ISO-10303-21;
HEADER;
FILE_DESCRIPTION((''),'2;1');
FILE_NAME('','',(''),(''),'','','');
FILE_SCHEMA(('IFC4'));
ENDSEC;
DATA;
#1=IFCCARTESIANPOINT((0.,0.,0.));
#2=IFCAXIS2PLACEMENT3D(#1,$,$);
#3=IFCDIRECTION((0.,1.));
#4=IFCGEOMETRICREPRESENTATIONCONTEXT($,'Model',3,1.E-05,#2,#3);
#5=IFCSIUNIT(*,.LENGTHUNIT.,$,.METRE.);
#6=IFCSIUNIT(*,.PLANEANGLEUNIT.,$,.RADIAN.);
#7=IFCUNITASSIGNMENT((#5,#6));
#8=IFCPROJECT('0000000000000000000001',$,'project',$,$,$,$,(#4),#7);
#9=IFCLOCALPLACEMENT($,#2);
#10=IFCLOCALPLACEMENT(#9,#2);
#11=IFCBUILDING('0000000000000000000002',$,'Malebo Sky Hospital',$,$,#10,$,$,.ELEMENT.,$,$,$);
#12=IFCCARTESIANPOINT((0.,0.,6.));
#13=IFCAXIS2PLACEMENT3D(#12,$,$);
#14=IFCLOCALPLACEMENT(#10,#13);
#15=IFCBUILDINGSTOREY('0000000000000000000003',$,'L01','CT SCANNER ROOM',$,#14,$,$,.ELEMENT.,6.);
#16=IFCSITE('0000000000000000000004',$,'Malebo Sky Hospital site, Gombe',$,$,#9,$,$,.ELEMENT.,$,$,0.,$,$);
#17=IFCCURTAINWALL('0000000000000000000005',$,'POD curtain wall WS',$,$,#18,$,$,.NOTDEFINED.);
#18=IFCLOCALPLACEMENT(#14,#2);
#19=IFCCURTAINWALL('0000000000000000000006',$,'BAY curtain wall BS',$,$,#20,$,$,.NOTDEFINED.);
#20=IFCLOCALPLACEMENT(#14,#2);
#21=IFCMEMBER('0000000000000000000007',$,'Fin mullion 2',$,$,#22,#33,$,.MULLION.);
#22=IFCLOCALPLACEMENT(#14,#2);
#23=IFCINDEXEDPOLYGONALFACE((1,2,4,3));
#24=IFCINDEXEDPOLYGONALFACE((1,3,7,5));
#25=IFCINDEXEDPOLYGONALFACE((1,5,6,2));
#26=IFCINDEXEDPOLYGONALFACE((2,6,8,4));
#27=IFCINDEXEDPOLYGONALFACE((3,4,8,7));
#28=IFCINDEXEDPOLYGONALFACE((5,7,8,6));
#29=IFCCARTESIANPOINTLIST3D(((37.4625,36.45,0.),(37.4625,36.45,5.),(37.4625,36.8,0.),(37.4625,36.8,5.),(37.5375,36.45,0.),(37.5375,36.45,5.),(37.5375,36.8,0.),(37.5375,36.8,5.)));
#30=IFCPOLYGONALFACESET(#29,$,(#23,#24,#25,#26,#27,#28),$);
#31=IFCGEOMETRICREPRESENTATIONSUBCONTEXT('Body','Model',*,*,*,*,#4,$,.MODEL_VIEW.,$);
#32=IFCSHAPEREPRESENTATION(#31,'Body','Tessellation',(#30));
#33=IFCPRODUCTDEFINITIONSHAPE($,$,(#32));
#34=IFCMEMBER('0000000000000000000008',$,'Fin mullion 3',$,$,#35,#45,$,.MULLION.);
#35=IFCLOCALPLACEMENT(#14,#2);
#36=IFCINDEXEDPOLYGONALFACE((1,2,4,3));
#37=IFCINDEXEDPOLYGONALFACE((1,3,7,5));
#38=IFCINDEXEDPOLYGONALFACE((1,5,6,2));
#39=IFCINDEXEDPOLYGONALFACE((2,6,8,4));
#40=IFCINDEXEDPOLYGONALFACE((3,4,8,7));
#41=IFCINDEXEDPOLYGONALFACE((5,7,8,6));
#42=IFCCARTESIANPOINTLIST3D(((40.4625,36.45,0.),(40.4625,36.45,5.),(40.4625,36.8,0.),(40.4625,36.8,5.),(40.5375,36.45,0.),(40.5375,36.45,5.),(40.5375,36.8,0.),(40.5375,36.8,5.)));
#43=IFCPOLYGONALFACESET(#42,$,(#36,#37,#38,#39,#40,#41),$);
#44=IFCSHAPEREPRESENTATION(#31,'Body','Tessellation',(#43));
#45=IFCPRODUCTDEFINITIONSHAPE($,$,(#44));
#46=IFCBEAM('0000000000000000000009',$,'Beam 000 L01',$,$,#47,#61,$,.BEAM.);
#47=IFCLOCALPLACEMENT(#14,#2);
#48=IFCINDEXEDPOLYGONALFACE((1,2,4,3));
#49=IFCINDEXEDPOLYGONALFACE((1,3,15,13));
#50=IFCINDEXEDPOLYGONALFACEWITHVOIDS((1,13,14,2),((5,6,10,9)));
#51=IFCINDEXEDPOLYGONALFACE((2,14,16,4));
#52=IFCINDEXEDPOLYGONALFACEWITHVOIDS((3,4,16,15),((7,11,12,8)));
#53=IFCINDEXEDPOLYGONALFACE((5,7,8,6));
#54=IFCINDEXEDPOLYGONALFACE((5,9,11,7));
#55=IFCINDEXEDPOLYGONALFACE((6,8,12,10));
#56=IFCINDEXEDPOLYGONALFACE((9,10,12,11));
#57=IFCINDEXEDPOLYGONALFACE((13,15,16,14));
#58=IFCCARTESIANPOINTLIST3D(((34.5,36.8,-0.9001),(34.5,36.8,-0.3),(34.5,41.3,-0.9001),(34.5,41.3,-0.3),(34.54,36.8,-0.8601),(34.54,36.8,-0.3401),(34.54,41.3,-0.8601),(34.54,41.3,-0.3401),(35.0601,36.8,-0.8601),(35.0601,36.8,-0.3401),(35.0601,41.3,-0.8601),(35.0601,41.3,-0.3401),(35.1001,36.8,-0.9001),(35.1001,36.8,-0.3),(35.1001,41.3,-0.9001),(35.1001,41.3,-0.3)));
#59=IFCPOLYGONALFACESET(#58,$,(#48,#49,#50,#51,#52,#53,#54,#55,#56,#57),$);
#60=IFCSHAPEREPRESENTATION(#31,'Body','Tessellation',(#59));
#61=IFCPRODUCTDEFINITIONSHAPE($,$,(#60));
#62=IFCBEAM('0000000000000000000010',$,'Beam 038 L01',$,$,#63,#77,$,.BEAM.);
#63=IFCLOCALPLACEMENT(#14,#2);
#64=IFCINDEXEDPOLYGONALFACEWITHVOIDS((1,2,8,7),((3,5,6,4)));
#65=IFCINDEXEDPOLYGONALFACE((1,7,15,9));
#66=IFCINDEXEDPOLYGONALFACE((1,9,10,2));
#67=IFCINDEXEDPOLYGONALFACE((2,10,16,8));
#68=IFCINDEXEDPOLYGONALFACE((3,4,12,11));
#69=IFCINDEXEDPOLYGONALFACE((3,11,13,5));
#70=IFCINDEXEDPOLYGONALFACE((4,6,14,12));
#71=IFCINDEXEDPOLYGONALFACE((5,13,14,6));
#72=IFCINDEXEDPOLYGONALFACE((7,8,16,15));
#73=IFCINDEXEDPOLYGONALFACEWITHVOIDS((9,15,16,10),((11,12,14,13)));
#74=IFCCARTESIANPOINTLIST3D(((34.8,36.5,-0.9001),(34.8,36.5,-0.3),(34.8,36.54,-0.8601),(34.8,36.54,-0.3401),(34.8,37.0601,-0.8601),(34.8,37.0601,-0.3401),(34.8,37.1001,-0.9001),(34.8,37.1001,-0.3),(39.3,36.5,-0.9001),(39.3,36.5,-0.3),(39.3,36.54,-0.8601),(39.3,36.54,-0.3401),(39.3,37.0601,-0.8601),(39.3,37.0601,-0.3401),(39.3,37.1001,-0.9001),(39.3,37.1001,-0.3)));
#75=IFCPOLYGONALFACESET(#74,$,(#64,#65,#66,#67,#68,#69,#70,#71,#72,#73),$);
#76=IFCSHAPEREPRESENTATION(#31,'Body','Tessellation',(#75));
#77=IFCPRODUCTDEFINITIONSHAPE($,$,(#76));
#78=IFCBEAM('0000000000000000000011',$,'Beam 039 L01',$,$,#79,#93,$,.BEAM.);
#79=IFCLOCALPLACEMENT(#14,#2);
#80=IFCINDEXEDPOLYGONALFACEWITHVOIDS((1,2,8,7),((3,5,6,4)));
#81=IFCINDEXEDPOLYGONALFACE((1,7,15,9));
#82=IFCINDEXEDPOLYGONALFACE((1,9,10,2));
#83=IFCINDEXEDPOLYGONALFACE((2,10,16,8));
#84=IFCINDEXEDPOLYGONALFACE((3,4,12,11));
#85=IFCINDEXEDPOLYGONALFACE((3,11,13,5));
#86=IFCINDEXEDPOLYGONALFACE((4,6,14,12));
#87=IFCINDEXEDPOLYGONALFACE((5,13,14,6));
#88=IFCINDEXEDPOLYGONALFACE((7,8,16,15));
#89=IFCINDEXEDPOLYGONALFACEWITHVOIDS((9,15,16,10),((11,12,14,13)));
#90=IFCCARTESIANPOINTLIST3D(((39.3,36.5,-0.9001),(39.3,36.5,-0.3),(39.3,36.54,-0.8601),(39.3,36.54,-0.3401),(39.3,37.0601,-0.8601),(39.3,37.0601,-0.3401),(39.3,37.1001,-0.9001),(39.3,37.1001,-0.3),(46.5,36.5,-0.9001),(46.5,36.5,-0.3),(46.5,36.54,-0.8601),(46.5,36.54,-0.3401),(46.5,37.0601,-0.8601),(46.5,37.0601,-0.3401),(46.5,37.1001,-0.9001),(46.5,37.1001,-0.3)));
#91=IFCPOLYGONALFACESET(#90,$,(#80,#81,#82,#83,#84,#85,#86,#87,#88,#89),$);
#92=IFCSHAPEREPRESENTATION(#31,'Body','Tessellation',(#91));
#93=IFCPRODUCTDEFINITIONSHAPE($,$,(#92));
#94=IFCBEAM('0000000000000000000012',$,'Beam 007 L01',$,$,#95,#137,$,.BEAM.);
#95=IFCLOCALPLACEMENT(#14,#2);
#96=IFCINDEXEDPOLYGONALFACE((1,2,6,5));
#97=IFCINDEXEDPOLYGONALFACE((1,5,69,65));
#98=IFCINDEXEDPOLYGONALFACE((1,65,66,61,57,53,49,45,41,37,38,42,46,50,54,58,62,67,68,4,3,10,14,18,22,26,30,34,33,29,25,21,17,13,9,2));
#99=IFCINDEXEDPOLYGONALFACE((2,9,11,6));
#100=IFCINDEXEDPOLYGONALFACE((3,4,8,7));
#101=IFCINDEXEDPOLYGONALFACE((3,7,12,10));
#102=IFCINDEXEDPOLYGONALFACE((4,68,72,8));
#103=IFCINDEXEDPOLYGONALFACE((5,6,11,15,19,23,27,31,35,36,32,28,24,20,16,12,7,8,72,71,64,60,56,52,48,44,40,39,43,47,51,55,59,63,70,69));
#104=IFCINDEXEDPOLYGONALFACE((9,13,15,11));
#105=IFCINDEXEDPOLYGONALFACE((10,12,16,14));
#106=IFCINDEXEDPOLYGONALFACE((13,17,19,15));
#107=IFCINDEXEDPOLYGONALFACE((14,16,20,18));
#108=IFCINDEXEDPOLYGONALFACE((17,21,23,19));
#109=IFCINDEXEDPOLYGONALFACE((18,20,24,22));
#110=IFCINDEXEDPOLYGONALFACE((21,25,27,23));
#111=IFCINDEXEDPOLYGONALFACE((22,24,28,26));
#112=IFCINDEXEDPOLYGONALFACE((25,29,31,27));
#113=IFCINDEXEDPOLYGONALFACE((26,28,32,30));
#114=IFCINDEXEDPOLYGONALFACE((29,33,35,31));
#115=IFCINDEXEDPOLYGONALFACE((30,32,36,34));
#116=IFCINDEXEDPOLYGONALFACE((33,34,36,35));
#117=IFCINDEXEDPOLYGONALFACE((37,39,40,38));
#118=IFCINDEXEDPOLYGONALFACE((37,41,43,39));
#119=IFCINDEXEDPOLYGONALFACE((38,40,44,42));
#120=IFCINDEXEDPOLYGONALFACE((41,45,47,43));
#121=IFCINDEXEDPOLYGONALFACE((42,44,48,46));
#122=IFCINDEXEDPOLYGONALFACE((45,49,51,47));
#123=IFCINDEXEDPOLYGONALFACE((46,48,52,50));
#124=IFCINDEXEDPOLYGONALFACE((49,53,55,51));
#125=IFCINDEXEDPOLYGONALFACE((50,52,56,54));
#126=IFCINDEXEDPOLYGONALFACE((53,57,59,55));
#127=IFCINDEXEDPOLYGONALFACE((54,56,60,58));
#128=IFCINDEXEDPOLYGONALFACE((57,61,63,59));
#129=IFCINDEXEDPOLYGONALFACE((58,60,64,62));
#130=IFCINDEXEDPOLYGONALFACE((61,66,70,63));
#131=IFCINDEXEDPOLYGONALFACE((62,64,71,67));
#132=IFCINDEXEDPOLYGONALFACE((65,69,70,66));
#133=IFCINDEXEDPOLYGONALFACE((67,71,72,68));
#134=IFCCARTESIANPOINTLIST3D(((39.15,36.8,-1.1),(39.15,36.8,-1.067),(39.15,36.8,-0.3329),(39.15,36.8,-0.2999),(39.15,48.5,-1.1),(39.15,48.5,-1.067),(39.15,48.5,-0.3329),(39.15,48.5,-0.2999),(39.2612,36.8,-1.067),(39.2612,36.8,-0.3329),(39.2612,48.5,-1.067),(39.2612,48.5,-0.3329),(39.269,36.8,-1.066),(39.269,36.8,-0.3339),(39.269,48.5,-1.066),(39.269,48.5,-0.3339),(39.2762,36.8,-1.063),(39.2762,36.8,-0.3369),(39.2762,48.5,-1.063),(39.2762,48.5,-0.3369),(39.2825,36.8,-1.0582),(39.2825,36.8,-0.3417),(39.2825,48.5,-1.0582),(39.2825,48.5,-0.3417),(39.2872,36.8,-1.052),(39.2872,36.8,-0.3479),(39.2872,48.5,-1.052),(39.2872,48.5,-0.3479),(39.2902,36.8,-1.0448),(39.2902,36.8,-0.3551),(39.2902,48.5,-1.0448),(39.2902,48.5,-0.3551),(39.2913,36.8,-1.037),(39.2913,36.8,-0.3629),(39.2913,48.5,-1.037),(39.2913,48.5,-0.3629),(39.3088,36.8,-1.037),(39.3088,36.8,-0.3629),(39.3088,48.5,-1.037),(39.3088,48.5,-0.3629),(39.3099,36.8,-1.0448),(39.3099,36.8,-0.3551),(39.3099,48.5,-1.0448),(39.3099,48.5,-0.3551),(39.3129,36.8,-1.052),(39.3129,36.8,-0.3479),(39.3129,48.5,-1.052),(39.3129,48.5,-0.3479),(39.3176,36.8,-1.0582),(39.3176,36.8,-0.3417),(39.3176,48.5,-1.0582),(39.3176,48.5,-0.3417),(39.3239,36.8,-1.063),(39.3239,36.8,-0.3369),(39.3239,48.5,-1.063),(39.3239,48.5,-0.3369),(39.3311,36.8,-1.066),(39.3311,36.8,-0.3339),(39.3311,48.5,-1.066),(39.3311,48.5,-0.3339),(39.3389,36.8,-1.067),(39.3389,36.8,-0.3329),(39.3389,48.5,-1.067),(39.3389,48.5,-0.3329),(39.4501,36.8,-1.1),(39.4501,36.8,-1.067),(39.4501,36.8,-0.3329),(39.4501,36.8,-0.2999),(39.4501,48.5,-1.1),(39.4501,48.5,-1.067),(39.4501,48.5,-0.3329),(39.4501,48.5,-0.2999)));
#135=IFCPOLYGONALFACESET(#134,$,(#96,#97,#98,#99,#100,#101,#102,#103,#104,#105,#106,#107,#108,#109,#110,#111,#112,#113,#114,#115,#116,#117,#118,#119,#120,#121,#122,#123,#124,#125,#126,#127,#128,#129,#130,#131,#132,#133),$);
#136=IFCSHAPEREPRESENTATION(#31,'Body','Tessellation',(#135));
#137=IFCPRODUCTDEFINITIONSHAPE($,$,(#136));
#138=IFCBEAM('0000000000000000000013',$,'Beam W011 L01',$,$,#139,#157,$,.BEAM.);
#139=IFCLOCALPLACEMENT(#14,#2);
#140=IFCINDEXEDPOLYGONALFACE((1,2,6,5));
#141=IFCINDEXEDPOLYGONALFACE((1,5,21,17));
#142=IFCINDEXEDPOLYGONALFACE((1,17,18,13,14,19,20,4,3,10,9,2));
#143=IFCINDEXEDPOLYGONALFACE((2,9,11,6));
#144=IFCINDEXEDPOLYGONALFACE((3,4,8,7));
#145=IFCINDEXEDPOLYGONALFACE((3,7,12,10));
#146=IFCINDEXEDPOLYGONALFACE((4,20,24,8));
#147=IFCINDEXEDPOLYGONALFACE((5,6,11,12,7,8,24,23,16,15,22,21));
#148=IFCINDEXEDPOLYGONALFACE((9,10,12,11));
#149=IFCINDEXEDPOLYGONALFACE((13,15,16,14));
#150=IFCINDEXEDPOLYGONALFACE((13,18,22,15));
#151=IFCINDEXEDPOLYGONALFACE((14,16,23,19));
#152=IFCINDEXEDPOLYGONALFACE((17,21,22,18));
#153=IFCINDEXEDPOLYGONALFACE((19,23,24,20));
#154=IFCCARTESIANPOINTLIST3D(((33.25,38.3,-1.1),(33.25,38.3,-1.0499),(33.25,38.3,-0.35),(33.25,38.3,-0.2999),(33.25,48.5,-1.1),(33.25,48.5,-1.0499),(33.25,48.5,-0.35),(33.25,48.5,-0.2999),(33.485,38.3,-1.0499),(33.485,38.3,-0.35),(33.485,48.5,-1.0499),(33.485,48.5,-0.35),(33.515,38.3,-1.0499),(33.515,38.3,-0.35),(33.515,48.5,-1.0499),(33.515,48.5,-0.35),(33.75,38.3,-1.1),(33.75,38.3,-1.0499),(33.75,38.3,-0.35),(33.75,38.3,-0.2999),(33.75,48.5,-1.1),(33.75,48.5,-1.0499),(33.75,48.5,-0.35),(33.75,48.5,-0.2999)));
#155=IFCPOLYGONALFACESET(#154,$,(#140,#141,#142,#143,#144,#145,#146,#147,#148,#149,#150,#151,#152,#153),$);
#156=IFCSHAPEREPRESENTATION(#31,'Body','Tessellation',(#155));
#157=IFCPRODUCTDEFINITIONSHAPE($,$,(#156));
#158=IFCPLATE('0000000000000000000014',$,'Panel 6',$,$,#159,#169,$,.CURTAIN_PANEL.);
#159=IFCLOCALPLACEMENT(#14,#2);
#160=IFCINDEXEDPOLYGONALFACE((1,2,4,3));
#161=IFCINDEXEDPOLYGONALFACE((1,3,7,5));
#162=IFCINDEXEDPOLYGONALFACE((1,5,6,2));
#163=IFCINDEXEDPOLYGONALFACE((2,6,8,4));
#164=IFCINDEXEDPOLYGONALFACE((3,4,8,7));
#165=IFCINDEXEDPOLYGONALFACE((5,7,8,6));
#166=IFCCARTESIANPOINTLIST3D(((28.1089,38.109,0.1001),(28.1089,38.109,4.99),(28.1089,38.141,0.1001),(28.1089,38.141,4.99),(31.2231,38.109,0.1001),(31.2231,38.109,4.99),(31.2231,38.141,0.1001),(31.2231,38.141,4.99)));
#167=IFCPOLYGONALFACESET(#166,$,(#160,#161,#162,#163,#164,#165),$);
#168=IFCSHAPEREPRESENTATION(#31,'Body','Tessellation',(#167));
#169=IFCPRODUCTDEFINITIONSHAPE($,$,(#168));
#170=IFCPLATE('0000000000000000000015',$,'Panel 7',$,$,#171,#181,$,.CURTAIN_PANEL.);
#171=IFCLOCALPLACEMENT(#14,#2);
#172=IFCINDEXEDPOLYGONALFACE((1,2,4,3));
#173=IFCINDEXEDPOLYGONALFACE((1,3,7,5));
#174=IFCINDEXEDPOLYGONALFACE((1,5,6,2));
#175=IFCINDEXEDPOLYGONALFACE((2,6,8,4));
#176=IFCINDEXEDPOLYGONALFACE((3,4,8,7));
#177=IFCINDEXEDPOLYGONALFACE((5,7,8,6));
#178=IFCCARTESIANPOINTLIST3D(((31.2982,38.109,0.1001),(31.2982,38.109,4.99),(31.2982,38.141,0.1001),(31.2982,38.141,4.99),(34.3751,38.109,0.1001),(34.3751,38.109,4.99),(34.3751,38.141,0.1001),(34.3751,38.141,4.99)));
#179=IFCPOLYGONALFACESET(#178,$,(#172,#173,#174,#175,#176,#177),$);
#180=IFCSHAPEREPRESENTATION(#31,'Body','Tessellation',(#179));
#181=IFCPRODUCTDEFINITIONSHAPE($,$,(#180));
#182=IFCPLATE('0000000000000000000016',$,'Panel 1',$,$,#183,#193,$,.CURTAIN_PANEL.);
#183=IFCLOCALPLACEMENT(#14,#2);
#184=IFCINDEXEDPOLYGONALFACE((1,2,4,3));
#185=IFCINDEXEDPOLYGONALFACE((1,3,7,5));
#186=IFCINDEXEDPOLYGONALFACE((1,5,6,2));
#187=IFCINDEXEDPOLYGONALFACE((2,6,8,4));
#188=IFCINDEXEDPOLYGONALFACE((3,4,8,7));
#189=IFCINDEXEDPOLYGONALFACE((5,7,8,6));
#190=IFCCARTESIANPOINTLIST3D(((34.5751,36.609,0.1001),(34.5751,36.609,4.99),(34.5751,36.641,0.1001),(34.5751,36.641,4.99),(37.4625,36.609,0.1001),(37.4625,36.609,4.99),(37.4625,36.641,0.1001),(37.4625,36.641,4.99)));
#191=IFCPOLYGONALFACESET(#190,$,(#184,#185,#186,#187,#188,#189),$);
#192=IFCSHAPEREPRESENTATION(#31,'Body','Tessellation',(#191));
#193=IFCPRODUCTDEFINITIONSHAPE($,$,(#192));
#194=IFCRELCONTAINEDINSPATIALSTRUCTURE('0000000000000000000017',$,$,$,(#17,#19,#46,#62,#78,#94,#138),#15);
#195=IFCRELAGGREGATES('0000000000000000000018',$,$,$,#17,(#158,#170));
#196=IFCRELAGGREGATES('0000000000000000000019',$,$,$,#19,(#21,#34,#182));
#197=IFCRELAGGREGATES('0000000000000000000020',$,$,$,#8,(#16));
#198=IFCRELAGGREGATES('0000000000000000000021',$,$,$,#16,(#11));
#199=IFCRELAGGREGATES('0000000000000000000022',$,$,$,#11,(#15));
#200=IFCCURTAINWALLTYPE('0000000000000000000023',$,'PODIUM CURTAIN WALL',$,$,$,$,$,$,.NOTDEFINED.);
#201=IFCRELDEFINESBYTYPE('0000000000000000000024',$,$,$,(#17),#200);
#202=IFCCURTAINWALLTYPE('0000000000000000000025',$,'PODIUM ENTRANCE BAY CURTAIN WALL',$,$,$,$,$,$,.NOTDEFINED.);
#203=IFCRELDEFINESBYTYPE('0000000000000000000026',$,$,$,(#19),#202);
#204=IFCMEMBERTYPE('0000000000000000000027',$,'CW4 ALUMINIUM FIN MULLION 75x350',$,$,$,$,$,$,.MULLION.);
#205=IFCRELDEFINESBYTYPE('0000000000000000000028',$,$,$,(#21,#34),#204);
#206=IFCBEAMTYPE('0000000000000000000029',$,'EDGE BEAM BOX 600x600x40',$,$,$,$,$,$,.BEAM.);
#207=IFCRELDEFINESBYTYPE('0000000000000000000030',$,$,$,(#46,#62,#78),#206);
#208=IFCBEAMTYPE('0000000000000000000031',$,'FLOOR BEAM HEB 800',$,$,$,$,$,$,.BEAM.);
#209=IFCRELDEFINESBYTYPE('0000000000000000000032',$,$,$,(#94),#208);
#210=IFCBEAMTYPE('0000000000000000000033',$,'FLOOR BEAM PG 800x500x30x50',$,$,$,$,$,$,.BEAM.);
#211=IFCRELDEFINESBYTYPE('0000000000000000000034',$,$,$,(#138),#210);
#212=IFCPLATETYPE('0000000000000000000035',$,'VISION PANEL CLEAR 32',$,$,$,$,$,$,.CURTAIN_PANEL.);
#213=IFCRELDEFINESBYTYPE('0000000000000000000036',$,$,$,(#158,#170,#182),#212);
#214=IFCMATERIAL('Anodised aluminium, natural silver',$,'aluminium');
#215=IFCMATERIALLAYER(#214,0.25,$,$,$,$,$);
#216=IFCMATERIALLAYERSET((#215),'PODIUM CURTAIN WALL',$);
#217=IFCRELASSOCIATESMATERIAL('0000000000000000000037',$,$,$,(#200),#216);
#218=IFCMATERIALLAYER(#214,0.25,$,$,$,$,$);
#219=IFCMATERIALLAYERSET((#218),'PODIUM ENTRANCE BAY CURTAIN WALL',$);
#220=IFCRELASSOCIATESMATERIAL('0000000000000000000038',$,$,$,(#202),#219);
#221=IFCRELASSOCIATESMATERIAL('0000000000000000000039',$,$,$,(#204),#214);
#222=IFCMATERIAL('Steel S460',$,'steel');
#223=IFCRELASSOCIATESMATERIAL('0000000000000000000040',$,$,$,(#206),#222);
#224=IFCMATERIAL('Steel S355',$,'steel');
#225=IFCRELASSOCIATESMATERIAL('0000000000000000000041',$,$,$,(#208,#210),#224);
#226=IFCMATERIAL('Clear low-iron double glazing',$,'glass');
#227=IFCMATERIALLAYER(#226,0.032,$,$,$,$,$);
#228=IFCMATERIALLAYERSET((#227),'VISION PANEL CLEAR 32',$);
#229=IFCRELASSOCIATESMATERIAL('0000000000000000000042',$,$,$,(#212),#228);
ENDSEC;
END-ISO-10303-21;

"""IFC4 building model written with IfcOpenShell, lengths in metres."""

from ifc_helpers import new_model, si_unit, direction, frame, origin, origin_2d, place, context, subcontext, project, spatial, rectangle, hollow_rectangle, i_section, extrude, material, layer, layer_set, material_profile, profile_set, type_object, element, aggregate, save


model = new_model("IFC4")

# Units and contexts
model_context = context("Model", 3, precision=1e-05, world=origin(), true_north=direction((0.0, 1.0)))
body_context = subcontext(model_context, "Body", "Model", "MODEL_VIEW")
ifc_project = project(units=[si_unit("LENGTHUNIT", "METRE"), si_unit("PLANEANGLEUNIT", "RADIAN")], contexts=[model_context])

# Site, building, storey
site_placement = place(None, origin())
site = spatial("IfcSite", under=ifc_project, at=site_placement, Name="Malebo Sky Hospital site, Gombe", CompositionType="ELEMENT", RefElevation=0.0)
building_placement = place(site_placement, origin())
building = spatial("IfcBuilding", under=site, at=building_placement, Name="Malebo Sky Hospital", CompositionType="ELEMENT")
storey_placement = place(building_placement, frame((0.0, 0.0, 6.0)))
storey = spatial("IfcBuildingStorey", under=building, at=storey_placement, Name="L01", Description="CT SCANNER ROOM", CompositionType="ELEMENT", Elevation=6.0)

# Shared definitions
ifc_material_1 = material(Name="Steel S460", Category="steel")
ifc_material_2 = material(Name="Steel S355", Category="steel")

# Curtain wall
ifc_material_3 = material(Name="Anodised aluminium, natural silver", Category="aluminium")
ifc_layer_1 = layer(ifc_material_3, 0.25)
ifc_layer_set_1 = layer_set([ifc_layer_1], Name="PODIUM CURTAIN WALL")
curtain_wall_type_1 = type_object("IfcCurtainWallType", Name="PODIUM CURTAIN WALL", PredefinedType="NOTDEFINED", material=ifc_layer_set_1)
curtain_wall_1_placement = place(storey_placement, origin())
curtain_wall_1 = element("IfcCurtainWall", 1, at=curtain_wall_1_placement, inside=storey, type_object=curtain_wall_type_1, Name="POD curtain wall WS", PredefinedType="NOTDEFINED")

# Curtain wall
ifc_layer_2 = layer(ifc_material_3, 0.25)
ifc_layer_set_2 = layer_set([ifc_layer_2], Name="PODIUM ENTRANCE BAY CURTAIN WALL")
curtain_wall_type_2 = type_object("IfcCurtainWallType", Name="PODIUM ENTRANCE BAY CURTAIN WALL", PredefinedType="NOTDEFINED", material=ifc_layer_set_2)
curtain_wall_2_placement = place(storey_placement, origin())
curtain_wall_2 = element("IfcCurtainWall", 2, at=curtain_wall_2_placement, inside=storey, type_object=curtain_wall_type_2, Name="BAY curtain wall BS", PredefinedType="NOTDEFINED")

# Members
ifc_material_profile_1 = material_profile(ifc_material_3, rectangle(XDim=0.075, YDim=0.3501, at=origin_2d()), Name="CW4 ALUMINIUM FIN MULLION 75x350")
ifc_profile_set_1 = profile_set([ifc_material_profile_1], Name="Anodised aluminium, natural silver")
member_type_1 = type_object("IfcMemberType", Name="CW4 ALUMINIUM FIN MULLION 75x350", PredefinedType="MULLION", material=ifc_profile_set_1)
member_1_placement = place(storey_placement, frame((37.5, 36.625, 0.0), z_axis=(0.0, 0.0, 1.0), x_axis=(1.0, 0.0, 0.0)))
member_1 = element("IfcMember", 3, at=member_1_placement, type_object=member_type_1, Name="Fin mullion 2", PredefinedType="MULLION", context=body_context, shape_type="SweptSolid", body=[
    extrude(rectangle(XDim=0.075, YDim=0.3501, at=origin_2d()), origin(), (0.0, 0.0, 1.0), 5.0),
])
member_2_placement = place(storey_placement, frame((40.5, 36.625, 0.0), z_axis=(0.0, 0.0, 1.0), x_axis=(1.0, 0.0, 0.0)))
member_2 = element("IfcMember", 4, at=member_2_placement, type_object=member_type_1, Name="Fin mullion 3", PredefinedType="MULLION", context=body_context, shape_type="SweptSolid", body=[
    extrude(rectangle(XDim=0.075, YDim=0.3501, at=origin_2d()), origin(), (0.0, 0.0, 1.0), 5.0),
])

# Beams
ifc_material_profile_2 = material_profile(ifc_material_1, hollow_rectangle(XDim=0.6001, YDim=0.6001, WallThickness=0.04, at=origin_2d()), Name="BOX 600x600x40")
ifc_profile_set_2 = profile_set([ifc_material_profile_2], Name="Steel S460")
beam_type_1 = type_object("IfcBeamType", Name="EDGE BEAM BOX 600x600x40", PredefinedType="BEAM", material=ifc_profile_set_2)
for number, where, z_axis, x_axis, name in (
    (5, (34.8, 36.8, -0.6001), (0.0, 1.0, 0.0), (-1.0, 0.0, 0.0), "Beam 000 L01"),
    (6, (34.8, 36.8, -0.6001), (1.0, 0.0, 0.0), (0.0, 1.0, 0.0), "Beam 038 L01"),
):
    element("IfcBeam", number, at=place(storey_placement, frame(where, z_axis=z_axis, x_axis=x_axis)), inside=storey, type_object=beam_type_1, Name=name, PredefinedType="BEAM", context=body_context, shape_type="SweptSolid", body=[
        extrude(hollow_rectangle(XDim=0.6001, YDim=0.6001, WallThickness=0.04, at=origin_2d()), origin(), (0.0, 0.0, 1.0), 4.5),
    ])
beam_1_placement = place(storey_placement, frame((39.3, 36.8, -0.6001), z_axis=(1.0, 0.0, 0.0), x_axis=(0.0, 1.0, 0.0)))
element("IfcBeam", 7, at=beam_1_placement, inside=storey, type_object=beam_type_1, Name="Beam 039 L01", PredefinedType="BEAM", context=body_context, shape_type="SweptSolid", body=[
    extrude(hollow_rectangle(XDim=0.6001, YDim=0.6001, WallThickness=0.04, at=origin_2d()), origin(), (0.0, 0.0, 1.0), 7.2),
])
ifc_material_profile_3 = material_profile(ifc_material_2, i_section(OverallWidth=0.3, OverallDepth=0.8, WebThickness=0.0176, FlangeThickness=0.033, FilletRadius=0.03, at=origin_2d()), Name="HEB 800")
ifc_profile_set_3 = profile_set([ifc_material_profile_3], Name="Steel S355")
beam_type_2 = type_object("IfcBeamType", Name="FLOOR BEAM HEB 800", PredefinedType="BEAM", material=ifc_profile_set_3)
beam_2_placement = place(storey_placement, frame((39.3, 36.8, -0.7), z_axis=(0.0, 1.0, 0.0), x_axis=(-1.0, 0.0, 0.0)))
element("IfcBeam", 8, at=beam_2_placement, inside=storey, type_object=beam_type_2, Name="Beam 007 L01", PredefinedType="BEAM", context=body_context, shape_type="SweptSolid", body=[
    extrude(i_section(OverallWidth=0.3, OverallDepth=0.8, WebThickness=0.0176, FlangeThickness=0.033, FilletRadius=0.03, at=origin_2d()), origin(), (0.0, 0.0, 1.0), 11.7),
])
ifc_material_profile_4 = material_profile(ifc_material_2, i_section(OverallWidth=0.5, OverallDepth=0.8, WebThickness=0.03, FlangeThickness=0.05, at=origin_2d()), Name="PG 800x500x30x50")
ifc_profile_set_4 = profile_set([ifc_material_profile_4], Name="Steel S355")
beam_type_3 = type_object("IfcBeamType", Name="FLOOR BEAM PG 800x500x30x50", PredefinedType="BEAM", material=ifc_profile_set_4)
beam_3_placement = place(storey_placement, frame((33.5, 38.3, -0.7), z_axis=(0.0, 1.0, 0.0), x_axis=(-1.0, 0.0, 0.0)))
element("IfcBeam", 9, at=beam_3_placement, inside=storey, type_object=beam_type_3, Name="Beam W011 L01", PredefinedType="BEAM", context=body_context, shape_type="SweptSolid", body=[
    extrude(i_section(OverallWidth=0.5, OverallDepth=0.8, WebThickness=0.03, FlangeThickness=0.05, at=origin_2d()), origin(), (0.0, 0.0, 1.0), 10.2),
])

# Plates
ifc_material_4 = material(Name="Clear low-iron double glazing", Category="glass")
ifc_layer_3 = layer(ifc_material_4, 0.032)
ifc_layer_set_3 = layer_set([ifc_layer_3], Name="VISION PANEL CLEAR 32")
plate_type = type_object("IfcPlateType", Name="VISION PANEL CLEAR 32", PredefinedType="CURTAIN_PANEL", material=ifc_layer_set_3)
plate_1_placement = place(storey_placement, frame((29.666, 38.125, 0.1001), z_axis=(0.0, 0.0, 1.0), x_axis=(1.0, 0.0, 0.0)))
plate_1 = element("IfcPlate", 10, at=plate_1_placement, type_object=plate_type, Name="Panel 6", PredefinedType="CURTAIN_PANEL", context=body_context, shape_type="SweptSolid", body=[
    extrude(rectangle(XDim=3.1143, YDim=0.032, at=origin_2d()), origin(), (0.0, 0.0, 1.0), 4.8899),
])
plate_2_placement = place(storey_placement, frame((32.8367, 38.125, 0.1001), z_axis=(0.0, 0.0, 1.0), x_axis=(1.0, 0.0, 0.0)))
plate_2 = element("IfcPlate", 11, at=plate_2_placement, type_object=plate_type, Name="Panel 7", PredefinedType="CURTAIN_PANEL", context=body_context, shape_type="SweptSolid", body=[
    extrude(rectangle(XDim=3.0769, YDim=0.032, at=origin_2d()), origin(), (0.0, 0.0, 1.0), 4.8899),
])
aggregate(curtain_wall_1, [plate_1, plate_2])
plate_3_placement = place(storey_placement, frame((36.0188, 36.625, 0.1001), z_axis=(0.0, 0.0, 1.0), x_axis=(1.0, 0.0, 0.0)))
plate_3 = element("IfcPlate", 12, at=plate_3_placement, type_object=plate_type, Name="Panel 1", PredefinedType="CURTAIN_PANEL", context=body_context, shape_type="SweptSolid", body=[
    extrude(rectangle(XDim=2.8875, YDim=0.032, at=origin_2d()), origin(), (0.0, 0.0, 1.0), 4.8899),
])
aggregate(curtain_wall_2, [member_1, member_2, plate_3])

save(model, "model.ifc")
